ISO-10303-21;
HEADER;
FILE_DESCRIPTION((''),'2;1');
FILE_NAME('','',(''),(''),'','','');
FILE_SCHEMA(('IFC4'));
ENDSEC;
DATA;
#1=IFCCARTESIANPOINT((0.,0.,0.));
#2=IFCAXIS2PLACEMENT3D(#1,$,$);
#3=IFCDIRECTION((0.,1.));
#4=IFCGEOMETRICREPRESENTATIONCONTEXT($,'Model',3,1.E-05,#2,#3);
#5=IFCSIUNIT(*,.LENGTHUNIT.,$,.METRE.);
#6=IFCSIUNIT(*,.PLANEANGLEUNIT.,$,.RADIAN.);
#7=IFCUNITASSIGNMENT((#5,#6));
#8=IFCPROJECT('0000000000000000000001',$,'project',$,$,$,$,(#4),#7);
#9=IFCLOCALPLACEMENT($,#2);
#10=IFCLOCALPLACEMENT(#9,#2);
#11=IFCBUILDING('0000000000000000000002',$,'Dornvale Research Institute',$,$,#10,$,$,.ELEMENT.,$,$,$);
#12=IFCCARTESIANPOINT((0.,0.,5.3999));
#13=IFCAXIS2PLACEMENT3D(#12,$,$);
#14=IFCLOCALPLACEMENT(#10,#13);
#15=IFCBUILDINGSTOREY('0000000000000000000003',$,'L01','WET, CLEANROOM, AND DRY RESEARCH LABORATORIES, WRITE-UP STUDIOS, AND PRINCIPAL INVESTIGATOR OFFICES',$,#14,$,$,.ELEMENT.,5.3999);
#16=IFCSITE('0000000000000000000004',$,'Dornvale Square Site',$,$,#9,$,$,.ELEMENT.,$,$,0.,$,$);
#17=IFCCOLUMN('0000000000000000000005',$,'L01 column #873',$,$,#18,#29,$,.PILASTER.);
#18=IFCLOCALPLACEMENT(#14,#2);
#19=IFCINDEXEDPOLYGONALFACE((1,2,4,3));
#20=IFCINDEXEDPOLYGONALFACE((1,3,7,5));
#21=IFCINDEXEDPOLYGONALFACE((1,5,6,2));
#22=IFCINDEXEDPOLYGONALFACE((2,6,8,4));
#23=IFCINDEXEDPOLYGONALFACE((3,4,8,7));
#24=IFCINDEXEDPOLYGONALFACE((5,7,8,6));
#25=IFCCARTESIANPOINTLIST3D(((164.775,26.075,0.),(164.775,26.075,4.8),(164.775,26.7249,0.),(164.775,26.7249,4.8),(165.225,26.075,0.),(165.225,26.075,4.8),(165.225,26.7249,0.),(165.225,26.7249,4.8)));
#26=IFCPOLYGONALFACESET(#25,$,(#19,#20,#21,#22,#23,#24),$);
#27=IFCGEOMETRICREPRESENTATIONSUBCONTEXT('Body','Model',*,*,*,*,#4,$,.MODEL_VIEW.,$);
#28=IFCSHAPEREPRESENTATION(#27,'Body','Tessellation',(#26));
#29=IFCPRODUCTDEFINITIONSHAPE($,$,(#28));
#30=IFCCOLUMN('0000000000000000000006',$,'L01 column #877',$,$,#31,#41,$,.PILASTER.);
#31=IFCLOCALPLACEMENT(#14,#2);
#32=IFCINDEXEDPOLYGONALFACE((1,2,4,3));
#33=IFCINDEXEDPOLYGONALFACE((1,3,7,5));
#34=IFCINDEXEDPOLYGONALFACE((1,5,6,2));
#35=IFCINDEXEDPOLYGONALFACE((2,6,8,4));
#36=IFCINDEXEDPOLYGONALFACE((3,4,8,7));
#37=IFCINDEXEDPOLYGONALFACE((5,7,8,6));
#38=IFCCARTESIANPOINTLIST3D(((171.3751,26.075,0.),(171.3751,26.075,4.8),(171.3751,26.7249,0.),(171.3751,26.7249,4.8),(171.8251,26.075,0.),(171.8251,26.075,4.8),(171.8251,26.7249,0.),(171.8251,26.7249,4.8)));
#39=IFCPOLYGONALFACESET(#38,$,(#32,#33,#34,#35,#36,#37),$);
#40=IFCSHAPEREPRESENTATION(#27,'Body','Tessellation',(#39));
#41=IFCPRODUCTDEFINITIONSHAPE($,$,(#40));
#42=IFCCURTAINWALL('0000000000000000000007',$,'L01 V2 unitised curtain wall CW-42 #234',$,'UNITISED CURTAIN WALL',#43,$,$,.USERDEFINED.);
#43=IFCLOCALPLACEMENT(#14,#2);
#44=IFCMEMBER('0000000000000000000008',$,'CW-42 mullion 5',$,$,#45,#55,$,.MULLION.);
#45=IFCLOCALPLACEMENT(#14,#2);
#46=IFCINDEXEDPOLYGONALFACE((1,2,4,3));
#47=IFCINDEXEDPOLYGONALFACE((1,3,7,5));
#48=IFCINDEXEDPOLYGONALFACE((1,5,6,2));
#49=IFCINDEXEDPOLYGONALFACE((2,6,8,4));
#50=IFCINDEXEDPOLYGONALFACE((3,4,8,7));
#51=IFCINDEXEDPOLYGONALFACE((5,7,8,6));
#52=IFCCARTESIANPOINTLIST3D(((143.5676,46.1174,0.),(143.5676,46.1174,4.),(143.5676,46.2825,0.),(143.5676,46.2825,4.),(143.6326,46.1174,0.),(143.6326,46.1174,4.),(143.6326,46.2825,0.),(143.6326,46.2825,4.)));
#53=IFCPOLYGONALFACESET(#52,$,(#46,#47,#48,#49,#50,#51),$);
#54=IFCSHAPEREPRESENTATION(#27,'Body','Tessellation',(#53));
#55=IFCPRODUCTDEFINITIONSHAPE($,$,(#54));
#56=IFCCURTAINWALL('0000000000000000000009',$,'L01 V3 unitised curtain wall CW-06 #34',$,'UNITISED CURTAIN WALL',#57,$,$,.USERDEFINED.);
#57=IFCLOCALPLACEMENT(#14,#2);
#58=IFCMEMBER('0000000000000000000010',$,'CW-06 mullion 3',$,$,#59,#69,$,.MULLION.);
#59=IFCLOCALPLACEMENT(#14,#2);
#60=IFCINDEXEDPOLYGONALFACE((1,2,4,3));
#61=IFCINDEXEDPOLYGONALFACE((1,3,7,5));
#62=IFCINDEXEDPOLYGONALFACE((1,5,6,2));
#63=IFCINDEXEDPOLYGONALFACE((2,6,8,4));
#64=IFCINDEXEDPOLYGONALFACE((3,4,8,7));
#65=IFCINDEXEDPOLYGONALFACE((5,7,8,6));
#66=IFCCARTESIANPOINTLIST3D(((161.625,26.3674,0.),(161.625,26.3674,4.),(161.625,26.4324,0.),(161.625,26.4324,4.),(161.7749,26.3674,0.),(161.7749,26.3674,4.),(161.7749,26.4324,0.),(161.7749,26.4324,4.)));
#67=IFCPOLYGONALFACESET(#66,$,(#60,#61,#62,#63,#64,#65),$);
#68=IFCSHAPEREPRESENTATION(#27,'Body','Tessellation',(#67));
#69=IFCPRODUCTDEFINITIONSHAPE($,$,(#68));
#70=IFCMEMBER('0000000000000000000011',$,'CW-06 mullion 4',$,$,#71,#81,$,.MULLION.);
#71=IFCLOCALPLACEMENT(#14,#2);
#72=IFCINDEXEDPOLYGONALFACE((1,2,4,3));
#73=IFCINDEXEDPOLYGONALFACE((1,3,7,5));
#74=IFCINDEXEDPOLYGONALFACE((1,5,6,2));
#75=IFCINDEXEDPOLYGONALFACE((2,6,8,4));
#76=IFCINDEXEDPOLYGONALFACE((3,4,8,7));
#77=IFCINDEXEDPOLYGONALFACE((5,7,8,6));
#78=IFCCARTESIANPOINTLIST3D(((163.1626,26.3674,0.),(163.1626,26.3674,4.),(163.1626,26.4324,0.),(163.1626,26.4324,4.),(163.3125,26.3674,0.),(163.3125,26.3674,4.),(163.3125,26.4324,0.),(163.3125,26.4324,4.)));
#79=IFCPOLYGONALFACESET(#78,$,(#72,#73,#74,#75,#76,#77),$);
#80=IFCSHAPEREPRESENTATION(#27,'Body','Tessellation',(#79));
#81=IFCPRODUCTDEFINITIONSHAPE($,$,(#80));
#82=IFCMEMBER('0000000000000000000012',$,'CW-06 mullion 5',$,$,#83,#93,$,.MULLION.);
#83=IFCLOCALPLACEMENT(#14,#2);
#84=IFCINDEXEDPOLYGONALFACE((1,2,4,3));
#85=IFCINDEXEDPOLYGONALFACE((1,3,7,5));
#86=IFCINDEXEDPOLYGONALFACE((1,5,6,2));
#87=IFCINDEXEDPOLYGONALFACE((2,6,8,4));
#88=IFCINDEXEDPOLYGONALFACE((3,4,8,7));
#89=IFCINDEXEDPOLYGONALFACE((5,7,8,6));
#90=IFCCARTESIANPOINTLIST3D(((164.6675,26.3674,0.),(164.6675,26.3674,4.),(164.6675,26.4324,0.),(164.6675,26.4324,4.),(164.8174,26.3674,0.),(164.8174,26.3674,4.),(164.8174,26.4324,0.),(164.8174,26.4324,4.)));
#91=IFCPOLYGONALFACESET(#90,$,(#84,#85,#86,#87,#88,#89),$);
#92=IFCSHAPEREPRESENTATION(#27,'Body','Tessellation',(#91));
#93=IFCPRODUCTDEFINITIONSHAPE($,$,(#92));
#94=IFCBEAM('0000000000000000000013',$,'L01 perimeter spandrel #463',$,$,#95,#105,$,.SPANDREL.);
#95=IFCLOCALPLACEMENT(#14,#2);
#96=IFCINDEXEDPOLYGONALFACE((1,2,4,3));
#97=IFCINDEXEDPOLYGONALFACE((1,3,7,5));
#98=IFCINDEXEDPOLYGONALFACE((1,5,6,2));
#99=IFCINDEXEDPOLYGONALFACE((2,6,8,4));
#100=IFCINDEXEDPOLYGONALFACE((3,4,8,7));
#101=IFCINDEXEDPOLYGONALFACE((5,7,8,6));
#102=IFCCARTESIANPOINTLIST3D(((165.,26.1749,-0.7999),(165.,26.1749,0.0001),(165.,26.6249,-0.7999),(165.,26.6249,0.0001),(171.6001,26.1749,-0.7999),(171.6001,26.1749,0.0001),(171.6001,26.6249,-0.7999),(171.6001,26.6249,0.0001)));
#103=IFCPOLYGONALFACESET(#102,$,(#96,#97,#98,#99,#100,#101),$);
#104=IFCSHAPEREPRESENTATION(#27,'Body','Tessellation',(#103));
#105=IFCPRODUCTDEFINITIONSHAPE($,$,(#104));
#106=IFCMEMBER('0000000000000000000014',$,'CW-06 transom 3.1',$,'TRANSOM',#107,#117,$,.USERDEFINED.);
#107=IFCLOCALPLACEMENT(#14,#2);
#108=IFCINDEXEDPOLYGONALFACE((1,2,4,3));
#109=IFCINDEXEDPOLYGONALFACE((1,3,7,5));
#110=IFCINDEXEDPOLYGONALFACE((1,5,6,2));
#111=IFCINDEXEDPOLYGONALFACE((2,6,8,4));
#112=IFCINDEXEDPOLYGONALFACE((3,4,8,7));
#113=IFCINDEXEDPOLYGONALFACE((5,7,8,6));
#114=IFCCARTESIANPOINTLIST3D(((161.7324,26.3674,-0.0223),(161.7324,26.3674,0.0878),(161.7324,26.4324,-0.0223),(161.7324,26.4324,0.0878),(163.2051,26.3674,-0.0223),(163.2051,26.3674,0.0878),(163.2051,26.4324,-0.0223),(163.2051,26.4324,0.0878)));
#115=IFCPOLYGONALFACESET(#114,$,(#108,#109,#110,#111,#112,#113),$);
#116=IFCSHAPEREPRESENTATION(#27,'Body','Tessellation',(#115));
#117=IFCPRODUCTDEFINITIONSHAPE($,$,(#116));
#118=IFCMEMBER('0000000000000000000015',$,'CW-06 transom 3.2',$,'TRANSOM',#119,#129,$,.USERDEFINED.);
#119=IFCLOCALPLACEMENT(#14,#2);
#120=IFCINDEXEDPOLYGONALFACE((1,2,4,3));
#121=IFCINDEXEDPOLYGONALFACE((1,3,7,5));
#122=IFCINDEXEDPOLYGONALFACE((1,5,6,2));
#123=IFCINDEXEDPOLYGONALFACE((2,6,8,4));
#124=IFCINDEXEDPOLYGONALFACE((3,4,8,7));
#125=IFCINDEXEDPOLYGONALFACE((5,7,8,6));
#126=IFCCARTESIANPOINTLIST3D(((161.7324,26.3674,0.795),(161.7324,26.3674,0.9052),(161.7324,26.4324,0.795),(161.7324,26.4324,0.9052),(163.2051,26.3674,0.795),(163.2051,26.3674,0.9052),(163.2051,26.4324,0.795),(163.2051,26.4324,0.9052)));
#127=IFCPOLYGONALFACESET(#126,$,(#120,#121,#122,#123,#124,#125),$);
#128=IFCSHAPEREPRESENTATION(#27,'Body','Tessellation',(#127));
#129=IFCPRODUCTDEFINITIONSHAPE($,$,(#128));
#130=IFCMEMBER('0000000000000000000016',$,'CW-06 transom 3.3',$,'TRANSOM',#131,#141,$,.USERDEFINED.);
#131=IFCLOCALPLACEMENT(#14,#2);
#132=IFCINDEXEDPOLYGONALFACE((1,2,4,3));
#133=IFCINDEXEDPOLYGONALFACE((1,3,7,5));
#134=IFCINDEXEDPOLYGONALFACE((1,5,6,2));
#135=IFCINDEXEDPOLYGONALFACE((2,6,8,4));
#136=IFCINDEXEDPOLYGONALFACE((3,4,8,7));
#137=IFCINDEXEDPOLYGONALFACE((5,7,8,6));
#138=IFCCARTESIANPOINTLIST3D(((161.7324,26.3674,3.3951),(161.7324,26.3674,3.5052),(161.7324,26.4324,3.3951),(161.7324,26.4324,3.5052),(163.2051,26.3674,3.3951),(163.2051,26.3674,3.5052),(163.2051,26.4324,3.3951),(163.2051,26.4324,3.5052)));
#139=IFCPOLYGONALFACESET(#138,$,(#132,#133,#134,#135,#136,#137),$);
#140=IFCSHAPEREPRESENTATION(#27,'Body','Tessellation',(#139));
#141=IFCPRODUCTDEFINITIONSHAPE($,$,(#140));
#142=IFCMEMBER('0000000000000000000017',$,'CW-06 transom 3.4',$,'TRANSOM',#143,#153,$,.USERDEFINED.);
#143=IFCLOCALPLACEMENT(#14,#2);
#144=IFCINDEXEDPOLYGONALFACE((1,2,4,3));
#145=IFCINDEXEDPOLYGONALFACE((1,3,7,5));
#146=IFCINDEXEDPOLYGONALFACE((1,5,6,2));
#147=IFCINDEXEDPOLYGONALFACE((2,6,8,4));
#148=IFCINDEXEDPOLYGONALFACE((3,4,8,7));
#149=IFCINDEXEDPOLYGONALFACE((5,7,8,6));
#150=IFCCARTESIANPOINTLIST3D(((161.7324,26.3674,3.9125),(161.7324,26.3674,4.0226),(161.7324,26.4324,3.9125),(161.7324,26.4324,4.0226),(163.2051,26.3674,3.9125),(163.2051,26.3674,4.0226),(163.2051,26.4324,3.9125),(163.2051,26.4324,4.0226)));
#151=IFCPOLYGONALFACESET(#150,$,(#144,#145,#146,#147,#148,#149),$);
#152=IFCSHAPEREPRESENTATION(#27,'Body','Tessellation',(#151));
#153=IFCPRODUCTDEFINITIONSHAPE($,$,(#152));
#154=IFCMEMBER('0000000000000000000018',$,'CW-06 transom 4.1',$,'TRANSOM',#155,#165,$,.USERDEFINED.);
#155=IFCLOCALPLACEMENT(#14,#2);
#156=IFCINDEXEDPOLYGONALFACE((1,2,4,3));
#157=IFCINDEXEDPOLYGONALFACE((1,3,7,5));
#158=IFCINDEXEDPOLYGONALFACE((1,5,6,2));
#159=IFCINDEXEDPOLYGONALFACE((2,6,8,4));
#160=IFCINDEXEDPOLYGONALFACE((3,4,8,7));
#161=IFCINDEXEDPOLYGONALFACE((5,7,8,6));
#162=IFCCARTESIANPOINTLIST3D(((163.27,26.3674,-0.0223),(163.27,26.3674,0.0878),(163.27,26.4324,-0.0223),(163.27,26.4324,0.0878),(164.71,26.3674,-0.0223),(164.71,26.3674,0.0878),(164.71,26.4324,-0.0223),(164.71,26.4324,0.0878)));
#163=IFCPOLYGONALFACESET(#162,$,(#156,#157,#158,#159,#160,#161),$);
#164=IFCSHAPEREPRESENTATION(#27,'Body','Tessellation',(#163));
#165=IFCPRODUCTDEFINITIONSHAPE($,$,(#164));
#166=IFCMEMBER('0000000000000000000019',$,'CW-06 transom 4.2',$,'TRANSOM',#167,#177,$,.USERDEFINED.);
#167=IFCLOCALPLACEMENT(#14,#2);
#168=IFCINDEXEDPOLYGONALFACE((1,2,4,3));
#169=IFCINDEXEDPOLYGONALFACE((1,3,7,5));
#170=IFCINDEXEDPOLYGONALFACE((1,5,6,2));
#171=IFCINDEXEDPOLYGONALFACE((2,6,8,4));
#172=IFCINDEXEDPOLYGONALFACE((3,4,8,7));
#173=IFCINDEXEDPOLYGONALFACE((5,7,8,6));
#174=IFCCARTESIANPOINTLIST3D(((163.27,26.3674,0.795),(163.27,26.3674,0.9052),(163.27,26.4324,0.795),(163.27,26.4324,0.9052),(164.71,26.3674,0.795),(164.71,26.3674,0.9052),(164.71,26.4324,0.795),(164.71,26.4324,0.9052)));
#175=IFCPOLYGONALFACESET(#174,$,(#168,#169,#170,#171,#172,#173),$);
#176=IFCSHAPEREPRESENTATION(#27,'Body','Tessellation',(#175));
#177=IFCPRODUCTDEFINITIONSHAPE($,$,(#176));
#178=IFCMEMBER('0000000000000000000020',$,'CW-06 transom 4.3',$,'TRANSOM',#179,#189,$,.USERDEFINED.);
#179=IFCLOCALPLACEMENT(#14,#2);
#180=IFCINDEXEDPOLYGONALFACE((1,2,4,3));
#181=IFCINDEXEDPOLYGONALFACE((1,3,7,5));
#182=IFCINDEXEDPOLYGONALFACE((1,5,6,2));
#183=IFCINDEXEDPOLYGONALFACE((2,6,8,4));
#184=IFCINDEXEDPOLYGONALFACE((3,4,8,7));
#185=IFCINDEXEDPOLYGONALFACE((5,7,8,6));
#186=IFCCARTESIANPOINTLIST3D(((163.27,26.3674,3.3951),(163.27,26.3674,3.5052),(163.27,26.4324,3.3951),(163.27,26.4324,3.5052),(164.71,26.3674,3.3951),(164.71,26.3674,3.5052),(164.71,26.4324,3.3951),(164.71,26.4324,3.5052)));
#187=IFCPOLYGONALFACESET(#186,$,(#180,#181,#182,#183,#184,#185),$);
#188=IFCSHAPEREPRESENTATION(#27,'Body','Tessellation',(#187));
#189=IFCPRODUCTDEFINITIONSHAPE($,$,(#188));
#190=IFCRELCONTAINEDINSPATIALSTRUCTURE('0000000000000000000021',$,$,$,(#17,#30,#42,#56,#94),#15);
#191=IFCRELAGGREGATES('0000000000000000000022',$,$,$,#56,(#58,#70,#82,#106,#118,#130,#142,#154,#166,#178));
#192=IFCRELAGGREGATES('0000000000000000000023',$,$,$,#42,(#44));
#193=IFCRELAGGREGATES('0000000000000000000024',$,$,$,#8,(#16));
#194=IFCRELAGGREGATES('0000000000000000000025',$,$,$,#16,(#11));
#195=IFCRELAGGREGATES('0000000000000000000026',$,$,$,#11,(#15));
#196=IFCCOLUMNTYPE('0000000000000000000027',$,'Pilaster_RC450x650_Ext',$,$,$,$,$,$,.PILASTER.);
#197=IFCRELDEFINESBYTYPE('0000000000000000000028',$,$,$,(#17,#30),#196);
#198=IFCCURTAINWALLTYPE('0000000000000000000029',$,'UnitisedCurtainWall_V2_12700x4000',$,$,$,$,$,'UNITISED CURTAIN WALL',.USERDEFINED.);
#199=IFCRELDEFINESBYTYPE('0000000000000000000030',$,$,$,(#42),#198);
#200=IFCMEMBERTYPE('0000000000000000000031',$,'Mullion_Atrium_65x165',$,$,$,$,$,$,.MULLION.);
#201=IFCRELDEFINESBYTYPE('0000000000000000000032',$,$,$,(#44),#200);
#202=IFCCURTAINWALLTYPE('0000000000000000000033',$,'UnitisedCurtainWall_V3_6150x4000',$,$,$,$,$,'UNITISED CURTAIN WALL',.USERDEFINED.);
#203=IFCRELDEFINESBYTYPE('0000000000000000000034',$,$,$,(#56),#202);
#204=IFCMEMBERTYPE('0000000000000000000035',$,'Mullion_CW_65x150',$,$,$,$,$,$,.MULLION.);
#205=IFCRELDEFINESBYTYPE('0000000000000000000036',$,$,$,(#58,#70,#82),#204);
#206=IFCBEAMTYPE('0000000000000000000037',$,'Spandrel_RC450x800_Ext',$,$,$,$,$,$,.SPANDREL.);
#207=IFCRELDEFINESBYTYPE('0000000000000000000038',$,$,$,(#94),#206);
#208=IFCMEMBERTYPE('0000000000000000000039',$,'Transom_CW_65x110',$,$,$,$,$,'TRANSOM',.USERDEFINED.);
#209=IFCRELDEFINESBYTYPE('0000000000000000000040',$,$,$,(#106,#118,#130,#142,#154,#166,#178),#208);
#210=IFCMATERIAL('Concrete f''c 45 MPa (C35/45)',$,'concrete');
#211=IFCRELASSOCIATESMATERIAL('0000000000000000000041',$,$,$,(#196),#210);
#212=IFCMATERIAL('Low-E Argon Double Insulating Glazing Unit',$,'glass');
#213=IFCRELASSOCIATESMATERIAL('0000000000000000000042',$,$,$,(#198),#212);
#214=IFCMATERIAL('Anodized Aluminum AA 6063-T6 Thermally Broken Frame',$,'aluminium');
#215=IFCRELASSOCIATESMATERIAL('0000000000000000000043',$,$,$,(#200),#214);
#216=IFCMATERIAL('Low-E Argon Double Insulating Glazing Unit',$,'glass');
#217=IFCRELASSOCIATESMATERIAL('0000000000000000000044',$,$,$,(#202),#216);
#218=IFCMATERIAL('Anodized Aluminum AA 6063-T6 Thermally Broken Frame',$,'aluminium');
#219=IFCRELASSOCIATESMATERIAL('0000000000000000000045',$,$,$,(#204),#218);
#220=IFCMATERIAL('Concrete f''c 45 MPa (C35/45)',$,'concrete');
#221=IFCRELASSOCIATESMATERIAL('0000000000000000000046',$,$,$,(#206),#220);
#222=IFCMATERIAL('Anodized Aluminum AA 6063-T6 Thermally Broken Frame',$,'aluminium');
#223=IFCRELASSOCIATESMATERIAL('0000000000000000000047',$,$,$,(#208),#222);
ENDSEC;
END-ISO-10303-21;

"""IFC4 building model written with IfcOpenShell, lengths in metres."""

from ifc_helpers import new_model, si_unit, direction, frame, origin, origin_2d, place, context, subcontext, project, spatial, rectangle, extrude, material, material_profile, profile_set, type_object, element, aggregate, save


model = new_model("IFC4")

# Units and contexts
model_context = context("Model", 3, precision=1e-05, world=origin(), true_north=direction((0.0, 1.0)))
body_context = subcontext(model_context, "Body", "Model", "MODEL_VIEW")
ifc_project = project(units=[si_unit("LENGTHUNIT", "METRE"), si_unit("PLANEANGLEUNIT", "RADIAN")], contexts=[model_context])

# Site, building, storey
site_placement = place(None, origin())
site = spatial("IfcSite", under=ifc_project, at=site_placement, Name="Dornvale Square Site", CompositionType="ELEMENT", RefElevation=0.0)
building_placement = place(site_placement, origin())
building = spatial("IfcBuilding", under=site, at=building_placement, Name="Dornvale Research Institute", CompositionType="ELEMENT")
storey_placement = place(building_placement, frame((0.0, 0.0, 5.3999)))
storey = spatial("IfcBuildingStorey", under=building, at=storey_placement, Name="L01", Description="WET, CLEANROOM, AND DRY RESEARCH LABORATORIES, WRITE-UP STUDIOS, AND PRINCIPAL INVESTIGATOR OFFICES", CompositionType="ELEMENT", Elevation=5.3999)

# Columns
ifc_material_1 = material(Name="Concrete f'c 45 MPa (C35/45)", Category="concrete")
ifc_material_profile_1 = material_profile(ifc_material_1, rectangle(XDim=0.45, YDim=0.6499, at=origin_2d()), Name="RC 450x650")
ifc_profile_set_1 = profile_set([ifc_material_profile_1], Name="Concrete f'c 45 MPa (C35/45)")
column_type = type_object("IfcColumnType", Name="Pilaster_RC450x650_Ext", PredefinedType="PILASTER", material=ifc_profile_set_1)
for number, where, z_axis, x_axis, name in (
    (1, (165.0, 26.3999, 0.0), (0.0, 0.0, 1.0), (1.0, 0.0, 0.0), "L01 column #873"),
    (2, (171.6001, 26.3999, 0.0), (0.0, 0.0, 1.0), (1.0, 0.0, 0.0), "L01 column #877"),
):
    element("IfcColumn", number, at=place(storey_placement, frame(where, z_axis=z_axis, x_axis=x_axis)), inside=storey, type_object=column_type, Name=name, PredefinedType="PILASTER", context=body_context, shape_type="SweptSolid", body=[
        extrude(rectangle(XDim=0.45, YDim=0.6499, at=origin_2d()), origin(), (0.0, 0.0, 1.0), 4.8),
    ])

# Curtain wall, member
ifc_material_2 = material(Name="Low-E Argon Double Insulating Glazing Unit", Category="glass")
curtain_wall_type_1 = type_object("IfcCurtainWallType", Name="UnitisedCurtainWall_V2_12700x4000", ElementType="UNITISED CURTAIN WALL", PredefinedType="USERDEFINED", material=ifc_material_2)
curtain_wall_1_placement = place(storey_placement, origin())
curtain_wall_1 = element("IfcCurtainWall", 3, at=curtain_wall_1_placement, inside=storey, type_object=curtain_wall_type_1, Name="L01 V2 unitised curtain wall CW-42 #234", ObjectType="UNITISED CURTAIN WALL", PredefinedType="USERDEFINED")
ifc_material_3 = material(Name="Anodized Aluminum AA 6063-T6 Thermally Broken Frame", Category="aluminium")
ifc_material_profile_2 = material_profile(ifc_material_3, rectangle(XDim=0.0649, YDim=0.165, at=origin_2d()), Name="ALU MULLION 65x165")
ifc_profile_set_2 = profile_set([ifc_material_profile_2], Name="Anodized Aluminum AA 6063-T6 Thermally Broken Frame")
member_type_1 = type_object("IfcMemberType", Name="Mullion_Atrium_65x165", PredefinedType="MULLION", material=ifc_profile_set_2)
member_1_placement = place(storey_placement, frame((143.6001, 46.2, 0.0), z_axis=(0.0, 0.0, 1.0), x_axis=(1.0, 0.0, 0.0)))
member_1 = element("IfcMember", 4, at=member_1_placement, type_object=member_type_1, Name="CW-42 mullion 5", PredefinedType="MULLION", context=body_context, shape_type="SweptSolid", body=[
    extrude(rectangle(XDim=0.0649, YDim=0.165, at=origin_2d()), origin(), (0.0, 0.0, 1.0), 4.0),
])

# Curtain wall, members
ifc_material_4 = material(Name="Low-E Argon Double Insulating Glazing Unit", Category="glass")
curtain_wall_type_2 = type_object("IfcCurtainWallType", Name="UnitisedCurtainWall_V3_6150x4000", ElementType="UNITISED CURTAIN WALL", PredefinedType="USERDEFINED", material=ifc_material_4)
curtain_wall_2_placement = place(storey_placement, origin())
curtain_wall_2 = element("IfcCurtainWall", 5, at=curtain_wall_2_placement, inside=storey, type_object=curtain_wall_type_2, Name="L01 V3 unitised curtain wall CW-06 #34", ObjectType="UNITISED CURTAIN WALL", PredefinedType="USERDEFINED")
ifc_material_5 = material(Name="Anodized Aluminum AA 6063-T6 Thermally Broken Frame", Category="aluminium")
ifc_material_profile_3 = material_profile(ifc_material_5, rectangle(XDim=0.0649, YDim=0.1499, at=origin_2d()), Name="ALU MULLION 65x150")
ifc_profile_set_3 = profile_set([ifc_material_profile_3], Name="Anodized Aluminum AA 6063-T6 Thermally Broken Frame")
member_type_2 = type_object("IfcMemberType", Name="Mullion_CW_65x150", PredefinedType="MULLION", material=ifc_profile_set_3)
member_2_placement = place(storey_placement, frame((161.7, 26.3999, 0.0), z_axis=(0.0, 0.0, 1.0), x_axis=(0.0, 1.0, 0.0)))
member_2 = element("IfcMember", 6, at=member_2_placement, type_object=member_type_2, Name="CW-06 mullion 3", PredefinedType="MULLION", context=body_context, shape_type="SweptSolid", body=[
    extrude(rectangle(XDim=0.0649, YDim=0.1499, at=origin_2d()), origin(), (0.0, 0.0, 1.0), 4.0),
])
member_3_placement = place(storey_placement, frame((163.2375, 26.3999, 0.0), z_axis=(0.0, 0.0, 1.0), x_axis=(0.0, 1.0, 0.0)))
member_3 = element("IfcMember", 7, at=member_3_placement, type_object=member_type_2, Name="CW-06 mullion 4", PredefinedType="MULLION", context=body_context, shape_type="SweptSolid", body=[
    extrude(rectangle(XDim=0.0649, YDim=0.1499, at=origin_2d()), origin(), (0.0, 0.0, 1.0), 4.0),
])
member_4_placement = place(storey_placement, frame((164.7424, 26.3999, 0.0), z_axis=(0.0, 0.0, 1.0), x_axis=(0.0, 1.0, 0.0)))
member_4 = element("IfcMember", 8, at=member_4_placement, type_object=member_type_2, Name="CW-06 mullion 5", PredefinedType="MULLION", context=body_context, shape_type="SweptSolid", body=[
    extrude(rectangle(XDim=0.0649, YDim=0.1499, at=origin_2d()), origin(), (0.0, 0.0, 1.0), 4.0),
])

# Beam
ifc_material_6 = material(Name="Concrete f'c 45 MPa (C35/45)", Category="concrete")
ifc_material_profile_4 = material_profile(ifc_material_6, rectangle(XDim=0.45, YDim=0.8, at=origin_2d()), Name="RC 450x800")
ifc_profile_set_4 = profile_set([ifc_material_profile_4], Name="Concrete f'c 45 MPa (C35/45)")
beam_type = type_object("IfcBeamType", Name="Spandrel_RC450x800_Ext", PredefinedType="SPANDREL", material=ifc_profile_set_4)
beam_placement = place(storey_placement, frame((165.0, 26.3999, -0.3999), z_axis=(1.0, 0.0, 0.0), x_axis=(0.0, 1.0, 0.0)))
element("IfcBeam", 9, at=beam_placement, inside=storey, type_object=beam_type, Name="L01 perimeter spandrel #463", PredefinedType="SPANDREL", context=body_context, shape_type="SweptSolid", body=[
    extrude(rectangle(XDim=0.45, YDim=0.8, at=origin_2d()), origin(), (0.0, 0.0, 1.0), 6.6001),
])

# Members
ifc_material_7 = material(Name="Anodized Aluminum AA 6063-T6 Thermally Broken Frame", Category="aluminium")
ifc_material_profile_5 = material_profile(ifc_material_7, rectangle(XDim=0.0649, YDim=0.1101, at=origin_2d()), Name="ALU TRANSOM 65x110")
ifc_profile_set_5 = profile_set([ifc_material_profile_5], Name="Anodized Aluminum AA 6063-T6 Thermally Broken Frame")
member_type_3 = type_object("IfcMemberType", Name="Transom_CW_65x110", ElementType="TRANSOM", PredefinedType="USERDEFINED", material=ifc_profile_set_5)
member_5_placement = place(storey_placement, frame((161.7324, 26.3999, 0.0327), z_axis=(1.0, 0.0, 0.0), x_axis=(0.0, 1.0, 0.0)))
member_5 = element("IfcMember", 10, at=member_5_placement, type_object=member_type_3, Name="CW-06 transom 3.1", ObjectType="TRANSOM", PredefinedType="USERDEFINED", context=body_context, shape_type="SweptSolid", body=[
    extrude(rectangle(XDim=0.0649, YDim=0.1101, at=origin_2d()), origin(), (0.0, 0.0, 1.0), 1.4727),
])
member_6_placement = place(storey_placement, frame((161.7324, 26.3999, 0.8501), z_axis=(1.0, 0.0, 0.0), x_axis=(0.0, 1.0, 0.0)))
member_6 = element("IfcMember", 11, at=member_6_placement, type_object=member_type_3, Name="CW-06 transom 3.2", ObjectType="TRANSOM", PredefinedType="USERDEFINED", context=body_context, shape_type="SweptSolid", body=[
    extrude(rectangle(XDim=0.0649, YDim=0.1101, at=origin_2d()), origin(), (0.0, 0.0, 1.0), 1.4727),
])
member_7_placement = place(storey_placement, frame((161.7324, 26.3999, 3.4502), z_axis=(1.0, 0.0, 0.0), x_axis=(0.0, 1.0, 0.0)))
member_7 = element("IfcMember", 12, at=member_7_placement, type_object=member_type_3, Name="CW-06 transom 3.3", ObjectType="TRANSOM", PredefinedType="USERDEFINED", context=body_context, shape_type="SweptSolid", body=[
    extrude(rectangle(XDim=0.0649, YDim=0.1101, at=origin_2d()), origin(), (0.0, 0.0, 1.0), 1.4727),
])
member_8_placement = place(storey_placement, frame((161.7324, 26.3999, 3.9675), z_axis=(1.0, 0.0, 0.0), x_axis=(0.0, 1.0, 0.0)))
member_8 = element("IfcMember", 13, at=member_8_placement, type_object=member_type_3, Name="CW-06 transom 3.4", ObjectType="TRANSOM", PredefinedType="USERDEFINED", context=body_context, shape_type="SweptSolid", body=[
    extrude(rectangle(XDim=0.0649, YDim=0.1101, at=origin_2d()), origin(), (0.0, 0.0, 1.0), 1.4727),
])
member_9_placement = place(storey_placement, frame((163.27, 26.3999, 0.0327), z_axis=(1.0, 0.0, 0.0), x_axis=(0.0, 1.0, 0.0)))
member_9 = element("IfcMember", 14, at=member_9_placement, type_object=member_type_3, Name="CW-06 transom 4.1", ObjectType="TRANSOM", PredefinedType="USERDEFINED", context=body_context, shape_type="SweptSolid", body=[
    extrude(rectangle(XDim=0.0649, YDim=0.1101, at=origin_2d()), origin(), (0.0, 0.0, 1.0), 1.4399),
])
member_10_placement = place(storey_placement, frame((163.27, 26.3999, 0.8501), z_axis=(1.0, 0.0, 0.0), x_axis=(0.0, 1.0, 0.0)))
member_10 = element("IfcMember", 15, at=member_10_placement, type_object=member_type_3, Name="CW-06 transom 4.2", ObjectType="TRANSOM", PredefinedType="USERDEFINED", context=body_context, shape_type="SweptSolid", body=[
    extrude(rectangle(XDim=0.0649, YDim=0.1101, at=origin_2d()), origin(), (0.0, 0.0, 1.0), 1.4399),
])
member_11_placement = place(storey_placement, frame((163.27, 26.3999, 3.4502), z_axis=(1.0, 0.0, 0.0), x_axis=(0.0, 1.0, 0.0)))
member_11 = element("IfcMember", 16, at=member_11_placement, type_object=member_type_3, Name="CW-06 transom 4.3", ObjectType="TRANSOM", PredefinedType="USERDEFINED", context=body_context, shape_type="SweptSolid", body=[
    extrude(rectangle(XDim=0.0649, YDim=0.1101, at=origin_2d()), origin(), (0.0, 0.0, 1.0), 1.4399),
])

aggregate(curtain_wall_2, [member_2, member_3, member_4, member_5, member_6, member_7, member_8, member_9, member_10, member_11])
aggregate(curtain_wall_1, [member_1])

save(model, "model.ifc")
